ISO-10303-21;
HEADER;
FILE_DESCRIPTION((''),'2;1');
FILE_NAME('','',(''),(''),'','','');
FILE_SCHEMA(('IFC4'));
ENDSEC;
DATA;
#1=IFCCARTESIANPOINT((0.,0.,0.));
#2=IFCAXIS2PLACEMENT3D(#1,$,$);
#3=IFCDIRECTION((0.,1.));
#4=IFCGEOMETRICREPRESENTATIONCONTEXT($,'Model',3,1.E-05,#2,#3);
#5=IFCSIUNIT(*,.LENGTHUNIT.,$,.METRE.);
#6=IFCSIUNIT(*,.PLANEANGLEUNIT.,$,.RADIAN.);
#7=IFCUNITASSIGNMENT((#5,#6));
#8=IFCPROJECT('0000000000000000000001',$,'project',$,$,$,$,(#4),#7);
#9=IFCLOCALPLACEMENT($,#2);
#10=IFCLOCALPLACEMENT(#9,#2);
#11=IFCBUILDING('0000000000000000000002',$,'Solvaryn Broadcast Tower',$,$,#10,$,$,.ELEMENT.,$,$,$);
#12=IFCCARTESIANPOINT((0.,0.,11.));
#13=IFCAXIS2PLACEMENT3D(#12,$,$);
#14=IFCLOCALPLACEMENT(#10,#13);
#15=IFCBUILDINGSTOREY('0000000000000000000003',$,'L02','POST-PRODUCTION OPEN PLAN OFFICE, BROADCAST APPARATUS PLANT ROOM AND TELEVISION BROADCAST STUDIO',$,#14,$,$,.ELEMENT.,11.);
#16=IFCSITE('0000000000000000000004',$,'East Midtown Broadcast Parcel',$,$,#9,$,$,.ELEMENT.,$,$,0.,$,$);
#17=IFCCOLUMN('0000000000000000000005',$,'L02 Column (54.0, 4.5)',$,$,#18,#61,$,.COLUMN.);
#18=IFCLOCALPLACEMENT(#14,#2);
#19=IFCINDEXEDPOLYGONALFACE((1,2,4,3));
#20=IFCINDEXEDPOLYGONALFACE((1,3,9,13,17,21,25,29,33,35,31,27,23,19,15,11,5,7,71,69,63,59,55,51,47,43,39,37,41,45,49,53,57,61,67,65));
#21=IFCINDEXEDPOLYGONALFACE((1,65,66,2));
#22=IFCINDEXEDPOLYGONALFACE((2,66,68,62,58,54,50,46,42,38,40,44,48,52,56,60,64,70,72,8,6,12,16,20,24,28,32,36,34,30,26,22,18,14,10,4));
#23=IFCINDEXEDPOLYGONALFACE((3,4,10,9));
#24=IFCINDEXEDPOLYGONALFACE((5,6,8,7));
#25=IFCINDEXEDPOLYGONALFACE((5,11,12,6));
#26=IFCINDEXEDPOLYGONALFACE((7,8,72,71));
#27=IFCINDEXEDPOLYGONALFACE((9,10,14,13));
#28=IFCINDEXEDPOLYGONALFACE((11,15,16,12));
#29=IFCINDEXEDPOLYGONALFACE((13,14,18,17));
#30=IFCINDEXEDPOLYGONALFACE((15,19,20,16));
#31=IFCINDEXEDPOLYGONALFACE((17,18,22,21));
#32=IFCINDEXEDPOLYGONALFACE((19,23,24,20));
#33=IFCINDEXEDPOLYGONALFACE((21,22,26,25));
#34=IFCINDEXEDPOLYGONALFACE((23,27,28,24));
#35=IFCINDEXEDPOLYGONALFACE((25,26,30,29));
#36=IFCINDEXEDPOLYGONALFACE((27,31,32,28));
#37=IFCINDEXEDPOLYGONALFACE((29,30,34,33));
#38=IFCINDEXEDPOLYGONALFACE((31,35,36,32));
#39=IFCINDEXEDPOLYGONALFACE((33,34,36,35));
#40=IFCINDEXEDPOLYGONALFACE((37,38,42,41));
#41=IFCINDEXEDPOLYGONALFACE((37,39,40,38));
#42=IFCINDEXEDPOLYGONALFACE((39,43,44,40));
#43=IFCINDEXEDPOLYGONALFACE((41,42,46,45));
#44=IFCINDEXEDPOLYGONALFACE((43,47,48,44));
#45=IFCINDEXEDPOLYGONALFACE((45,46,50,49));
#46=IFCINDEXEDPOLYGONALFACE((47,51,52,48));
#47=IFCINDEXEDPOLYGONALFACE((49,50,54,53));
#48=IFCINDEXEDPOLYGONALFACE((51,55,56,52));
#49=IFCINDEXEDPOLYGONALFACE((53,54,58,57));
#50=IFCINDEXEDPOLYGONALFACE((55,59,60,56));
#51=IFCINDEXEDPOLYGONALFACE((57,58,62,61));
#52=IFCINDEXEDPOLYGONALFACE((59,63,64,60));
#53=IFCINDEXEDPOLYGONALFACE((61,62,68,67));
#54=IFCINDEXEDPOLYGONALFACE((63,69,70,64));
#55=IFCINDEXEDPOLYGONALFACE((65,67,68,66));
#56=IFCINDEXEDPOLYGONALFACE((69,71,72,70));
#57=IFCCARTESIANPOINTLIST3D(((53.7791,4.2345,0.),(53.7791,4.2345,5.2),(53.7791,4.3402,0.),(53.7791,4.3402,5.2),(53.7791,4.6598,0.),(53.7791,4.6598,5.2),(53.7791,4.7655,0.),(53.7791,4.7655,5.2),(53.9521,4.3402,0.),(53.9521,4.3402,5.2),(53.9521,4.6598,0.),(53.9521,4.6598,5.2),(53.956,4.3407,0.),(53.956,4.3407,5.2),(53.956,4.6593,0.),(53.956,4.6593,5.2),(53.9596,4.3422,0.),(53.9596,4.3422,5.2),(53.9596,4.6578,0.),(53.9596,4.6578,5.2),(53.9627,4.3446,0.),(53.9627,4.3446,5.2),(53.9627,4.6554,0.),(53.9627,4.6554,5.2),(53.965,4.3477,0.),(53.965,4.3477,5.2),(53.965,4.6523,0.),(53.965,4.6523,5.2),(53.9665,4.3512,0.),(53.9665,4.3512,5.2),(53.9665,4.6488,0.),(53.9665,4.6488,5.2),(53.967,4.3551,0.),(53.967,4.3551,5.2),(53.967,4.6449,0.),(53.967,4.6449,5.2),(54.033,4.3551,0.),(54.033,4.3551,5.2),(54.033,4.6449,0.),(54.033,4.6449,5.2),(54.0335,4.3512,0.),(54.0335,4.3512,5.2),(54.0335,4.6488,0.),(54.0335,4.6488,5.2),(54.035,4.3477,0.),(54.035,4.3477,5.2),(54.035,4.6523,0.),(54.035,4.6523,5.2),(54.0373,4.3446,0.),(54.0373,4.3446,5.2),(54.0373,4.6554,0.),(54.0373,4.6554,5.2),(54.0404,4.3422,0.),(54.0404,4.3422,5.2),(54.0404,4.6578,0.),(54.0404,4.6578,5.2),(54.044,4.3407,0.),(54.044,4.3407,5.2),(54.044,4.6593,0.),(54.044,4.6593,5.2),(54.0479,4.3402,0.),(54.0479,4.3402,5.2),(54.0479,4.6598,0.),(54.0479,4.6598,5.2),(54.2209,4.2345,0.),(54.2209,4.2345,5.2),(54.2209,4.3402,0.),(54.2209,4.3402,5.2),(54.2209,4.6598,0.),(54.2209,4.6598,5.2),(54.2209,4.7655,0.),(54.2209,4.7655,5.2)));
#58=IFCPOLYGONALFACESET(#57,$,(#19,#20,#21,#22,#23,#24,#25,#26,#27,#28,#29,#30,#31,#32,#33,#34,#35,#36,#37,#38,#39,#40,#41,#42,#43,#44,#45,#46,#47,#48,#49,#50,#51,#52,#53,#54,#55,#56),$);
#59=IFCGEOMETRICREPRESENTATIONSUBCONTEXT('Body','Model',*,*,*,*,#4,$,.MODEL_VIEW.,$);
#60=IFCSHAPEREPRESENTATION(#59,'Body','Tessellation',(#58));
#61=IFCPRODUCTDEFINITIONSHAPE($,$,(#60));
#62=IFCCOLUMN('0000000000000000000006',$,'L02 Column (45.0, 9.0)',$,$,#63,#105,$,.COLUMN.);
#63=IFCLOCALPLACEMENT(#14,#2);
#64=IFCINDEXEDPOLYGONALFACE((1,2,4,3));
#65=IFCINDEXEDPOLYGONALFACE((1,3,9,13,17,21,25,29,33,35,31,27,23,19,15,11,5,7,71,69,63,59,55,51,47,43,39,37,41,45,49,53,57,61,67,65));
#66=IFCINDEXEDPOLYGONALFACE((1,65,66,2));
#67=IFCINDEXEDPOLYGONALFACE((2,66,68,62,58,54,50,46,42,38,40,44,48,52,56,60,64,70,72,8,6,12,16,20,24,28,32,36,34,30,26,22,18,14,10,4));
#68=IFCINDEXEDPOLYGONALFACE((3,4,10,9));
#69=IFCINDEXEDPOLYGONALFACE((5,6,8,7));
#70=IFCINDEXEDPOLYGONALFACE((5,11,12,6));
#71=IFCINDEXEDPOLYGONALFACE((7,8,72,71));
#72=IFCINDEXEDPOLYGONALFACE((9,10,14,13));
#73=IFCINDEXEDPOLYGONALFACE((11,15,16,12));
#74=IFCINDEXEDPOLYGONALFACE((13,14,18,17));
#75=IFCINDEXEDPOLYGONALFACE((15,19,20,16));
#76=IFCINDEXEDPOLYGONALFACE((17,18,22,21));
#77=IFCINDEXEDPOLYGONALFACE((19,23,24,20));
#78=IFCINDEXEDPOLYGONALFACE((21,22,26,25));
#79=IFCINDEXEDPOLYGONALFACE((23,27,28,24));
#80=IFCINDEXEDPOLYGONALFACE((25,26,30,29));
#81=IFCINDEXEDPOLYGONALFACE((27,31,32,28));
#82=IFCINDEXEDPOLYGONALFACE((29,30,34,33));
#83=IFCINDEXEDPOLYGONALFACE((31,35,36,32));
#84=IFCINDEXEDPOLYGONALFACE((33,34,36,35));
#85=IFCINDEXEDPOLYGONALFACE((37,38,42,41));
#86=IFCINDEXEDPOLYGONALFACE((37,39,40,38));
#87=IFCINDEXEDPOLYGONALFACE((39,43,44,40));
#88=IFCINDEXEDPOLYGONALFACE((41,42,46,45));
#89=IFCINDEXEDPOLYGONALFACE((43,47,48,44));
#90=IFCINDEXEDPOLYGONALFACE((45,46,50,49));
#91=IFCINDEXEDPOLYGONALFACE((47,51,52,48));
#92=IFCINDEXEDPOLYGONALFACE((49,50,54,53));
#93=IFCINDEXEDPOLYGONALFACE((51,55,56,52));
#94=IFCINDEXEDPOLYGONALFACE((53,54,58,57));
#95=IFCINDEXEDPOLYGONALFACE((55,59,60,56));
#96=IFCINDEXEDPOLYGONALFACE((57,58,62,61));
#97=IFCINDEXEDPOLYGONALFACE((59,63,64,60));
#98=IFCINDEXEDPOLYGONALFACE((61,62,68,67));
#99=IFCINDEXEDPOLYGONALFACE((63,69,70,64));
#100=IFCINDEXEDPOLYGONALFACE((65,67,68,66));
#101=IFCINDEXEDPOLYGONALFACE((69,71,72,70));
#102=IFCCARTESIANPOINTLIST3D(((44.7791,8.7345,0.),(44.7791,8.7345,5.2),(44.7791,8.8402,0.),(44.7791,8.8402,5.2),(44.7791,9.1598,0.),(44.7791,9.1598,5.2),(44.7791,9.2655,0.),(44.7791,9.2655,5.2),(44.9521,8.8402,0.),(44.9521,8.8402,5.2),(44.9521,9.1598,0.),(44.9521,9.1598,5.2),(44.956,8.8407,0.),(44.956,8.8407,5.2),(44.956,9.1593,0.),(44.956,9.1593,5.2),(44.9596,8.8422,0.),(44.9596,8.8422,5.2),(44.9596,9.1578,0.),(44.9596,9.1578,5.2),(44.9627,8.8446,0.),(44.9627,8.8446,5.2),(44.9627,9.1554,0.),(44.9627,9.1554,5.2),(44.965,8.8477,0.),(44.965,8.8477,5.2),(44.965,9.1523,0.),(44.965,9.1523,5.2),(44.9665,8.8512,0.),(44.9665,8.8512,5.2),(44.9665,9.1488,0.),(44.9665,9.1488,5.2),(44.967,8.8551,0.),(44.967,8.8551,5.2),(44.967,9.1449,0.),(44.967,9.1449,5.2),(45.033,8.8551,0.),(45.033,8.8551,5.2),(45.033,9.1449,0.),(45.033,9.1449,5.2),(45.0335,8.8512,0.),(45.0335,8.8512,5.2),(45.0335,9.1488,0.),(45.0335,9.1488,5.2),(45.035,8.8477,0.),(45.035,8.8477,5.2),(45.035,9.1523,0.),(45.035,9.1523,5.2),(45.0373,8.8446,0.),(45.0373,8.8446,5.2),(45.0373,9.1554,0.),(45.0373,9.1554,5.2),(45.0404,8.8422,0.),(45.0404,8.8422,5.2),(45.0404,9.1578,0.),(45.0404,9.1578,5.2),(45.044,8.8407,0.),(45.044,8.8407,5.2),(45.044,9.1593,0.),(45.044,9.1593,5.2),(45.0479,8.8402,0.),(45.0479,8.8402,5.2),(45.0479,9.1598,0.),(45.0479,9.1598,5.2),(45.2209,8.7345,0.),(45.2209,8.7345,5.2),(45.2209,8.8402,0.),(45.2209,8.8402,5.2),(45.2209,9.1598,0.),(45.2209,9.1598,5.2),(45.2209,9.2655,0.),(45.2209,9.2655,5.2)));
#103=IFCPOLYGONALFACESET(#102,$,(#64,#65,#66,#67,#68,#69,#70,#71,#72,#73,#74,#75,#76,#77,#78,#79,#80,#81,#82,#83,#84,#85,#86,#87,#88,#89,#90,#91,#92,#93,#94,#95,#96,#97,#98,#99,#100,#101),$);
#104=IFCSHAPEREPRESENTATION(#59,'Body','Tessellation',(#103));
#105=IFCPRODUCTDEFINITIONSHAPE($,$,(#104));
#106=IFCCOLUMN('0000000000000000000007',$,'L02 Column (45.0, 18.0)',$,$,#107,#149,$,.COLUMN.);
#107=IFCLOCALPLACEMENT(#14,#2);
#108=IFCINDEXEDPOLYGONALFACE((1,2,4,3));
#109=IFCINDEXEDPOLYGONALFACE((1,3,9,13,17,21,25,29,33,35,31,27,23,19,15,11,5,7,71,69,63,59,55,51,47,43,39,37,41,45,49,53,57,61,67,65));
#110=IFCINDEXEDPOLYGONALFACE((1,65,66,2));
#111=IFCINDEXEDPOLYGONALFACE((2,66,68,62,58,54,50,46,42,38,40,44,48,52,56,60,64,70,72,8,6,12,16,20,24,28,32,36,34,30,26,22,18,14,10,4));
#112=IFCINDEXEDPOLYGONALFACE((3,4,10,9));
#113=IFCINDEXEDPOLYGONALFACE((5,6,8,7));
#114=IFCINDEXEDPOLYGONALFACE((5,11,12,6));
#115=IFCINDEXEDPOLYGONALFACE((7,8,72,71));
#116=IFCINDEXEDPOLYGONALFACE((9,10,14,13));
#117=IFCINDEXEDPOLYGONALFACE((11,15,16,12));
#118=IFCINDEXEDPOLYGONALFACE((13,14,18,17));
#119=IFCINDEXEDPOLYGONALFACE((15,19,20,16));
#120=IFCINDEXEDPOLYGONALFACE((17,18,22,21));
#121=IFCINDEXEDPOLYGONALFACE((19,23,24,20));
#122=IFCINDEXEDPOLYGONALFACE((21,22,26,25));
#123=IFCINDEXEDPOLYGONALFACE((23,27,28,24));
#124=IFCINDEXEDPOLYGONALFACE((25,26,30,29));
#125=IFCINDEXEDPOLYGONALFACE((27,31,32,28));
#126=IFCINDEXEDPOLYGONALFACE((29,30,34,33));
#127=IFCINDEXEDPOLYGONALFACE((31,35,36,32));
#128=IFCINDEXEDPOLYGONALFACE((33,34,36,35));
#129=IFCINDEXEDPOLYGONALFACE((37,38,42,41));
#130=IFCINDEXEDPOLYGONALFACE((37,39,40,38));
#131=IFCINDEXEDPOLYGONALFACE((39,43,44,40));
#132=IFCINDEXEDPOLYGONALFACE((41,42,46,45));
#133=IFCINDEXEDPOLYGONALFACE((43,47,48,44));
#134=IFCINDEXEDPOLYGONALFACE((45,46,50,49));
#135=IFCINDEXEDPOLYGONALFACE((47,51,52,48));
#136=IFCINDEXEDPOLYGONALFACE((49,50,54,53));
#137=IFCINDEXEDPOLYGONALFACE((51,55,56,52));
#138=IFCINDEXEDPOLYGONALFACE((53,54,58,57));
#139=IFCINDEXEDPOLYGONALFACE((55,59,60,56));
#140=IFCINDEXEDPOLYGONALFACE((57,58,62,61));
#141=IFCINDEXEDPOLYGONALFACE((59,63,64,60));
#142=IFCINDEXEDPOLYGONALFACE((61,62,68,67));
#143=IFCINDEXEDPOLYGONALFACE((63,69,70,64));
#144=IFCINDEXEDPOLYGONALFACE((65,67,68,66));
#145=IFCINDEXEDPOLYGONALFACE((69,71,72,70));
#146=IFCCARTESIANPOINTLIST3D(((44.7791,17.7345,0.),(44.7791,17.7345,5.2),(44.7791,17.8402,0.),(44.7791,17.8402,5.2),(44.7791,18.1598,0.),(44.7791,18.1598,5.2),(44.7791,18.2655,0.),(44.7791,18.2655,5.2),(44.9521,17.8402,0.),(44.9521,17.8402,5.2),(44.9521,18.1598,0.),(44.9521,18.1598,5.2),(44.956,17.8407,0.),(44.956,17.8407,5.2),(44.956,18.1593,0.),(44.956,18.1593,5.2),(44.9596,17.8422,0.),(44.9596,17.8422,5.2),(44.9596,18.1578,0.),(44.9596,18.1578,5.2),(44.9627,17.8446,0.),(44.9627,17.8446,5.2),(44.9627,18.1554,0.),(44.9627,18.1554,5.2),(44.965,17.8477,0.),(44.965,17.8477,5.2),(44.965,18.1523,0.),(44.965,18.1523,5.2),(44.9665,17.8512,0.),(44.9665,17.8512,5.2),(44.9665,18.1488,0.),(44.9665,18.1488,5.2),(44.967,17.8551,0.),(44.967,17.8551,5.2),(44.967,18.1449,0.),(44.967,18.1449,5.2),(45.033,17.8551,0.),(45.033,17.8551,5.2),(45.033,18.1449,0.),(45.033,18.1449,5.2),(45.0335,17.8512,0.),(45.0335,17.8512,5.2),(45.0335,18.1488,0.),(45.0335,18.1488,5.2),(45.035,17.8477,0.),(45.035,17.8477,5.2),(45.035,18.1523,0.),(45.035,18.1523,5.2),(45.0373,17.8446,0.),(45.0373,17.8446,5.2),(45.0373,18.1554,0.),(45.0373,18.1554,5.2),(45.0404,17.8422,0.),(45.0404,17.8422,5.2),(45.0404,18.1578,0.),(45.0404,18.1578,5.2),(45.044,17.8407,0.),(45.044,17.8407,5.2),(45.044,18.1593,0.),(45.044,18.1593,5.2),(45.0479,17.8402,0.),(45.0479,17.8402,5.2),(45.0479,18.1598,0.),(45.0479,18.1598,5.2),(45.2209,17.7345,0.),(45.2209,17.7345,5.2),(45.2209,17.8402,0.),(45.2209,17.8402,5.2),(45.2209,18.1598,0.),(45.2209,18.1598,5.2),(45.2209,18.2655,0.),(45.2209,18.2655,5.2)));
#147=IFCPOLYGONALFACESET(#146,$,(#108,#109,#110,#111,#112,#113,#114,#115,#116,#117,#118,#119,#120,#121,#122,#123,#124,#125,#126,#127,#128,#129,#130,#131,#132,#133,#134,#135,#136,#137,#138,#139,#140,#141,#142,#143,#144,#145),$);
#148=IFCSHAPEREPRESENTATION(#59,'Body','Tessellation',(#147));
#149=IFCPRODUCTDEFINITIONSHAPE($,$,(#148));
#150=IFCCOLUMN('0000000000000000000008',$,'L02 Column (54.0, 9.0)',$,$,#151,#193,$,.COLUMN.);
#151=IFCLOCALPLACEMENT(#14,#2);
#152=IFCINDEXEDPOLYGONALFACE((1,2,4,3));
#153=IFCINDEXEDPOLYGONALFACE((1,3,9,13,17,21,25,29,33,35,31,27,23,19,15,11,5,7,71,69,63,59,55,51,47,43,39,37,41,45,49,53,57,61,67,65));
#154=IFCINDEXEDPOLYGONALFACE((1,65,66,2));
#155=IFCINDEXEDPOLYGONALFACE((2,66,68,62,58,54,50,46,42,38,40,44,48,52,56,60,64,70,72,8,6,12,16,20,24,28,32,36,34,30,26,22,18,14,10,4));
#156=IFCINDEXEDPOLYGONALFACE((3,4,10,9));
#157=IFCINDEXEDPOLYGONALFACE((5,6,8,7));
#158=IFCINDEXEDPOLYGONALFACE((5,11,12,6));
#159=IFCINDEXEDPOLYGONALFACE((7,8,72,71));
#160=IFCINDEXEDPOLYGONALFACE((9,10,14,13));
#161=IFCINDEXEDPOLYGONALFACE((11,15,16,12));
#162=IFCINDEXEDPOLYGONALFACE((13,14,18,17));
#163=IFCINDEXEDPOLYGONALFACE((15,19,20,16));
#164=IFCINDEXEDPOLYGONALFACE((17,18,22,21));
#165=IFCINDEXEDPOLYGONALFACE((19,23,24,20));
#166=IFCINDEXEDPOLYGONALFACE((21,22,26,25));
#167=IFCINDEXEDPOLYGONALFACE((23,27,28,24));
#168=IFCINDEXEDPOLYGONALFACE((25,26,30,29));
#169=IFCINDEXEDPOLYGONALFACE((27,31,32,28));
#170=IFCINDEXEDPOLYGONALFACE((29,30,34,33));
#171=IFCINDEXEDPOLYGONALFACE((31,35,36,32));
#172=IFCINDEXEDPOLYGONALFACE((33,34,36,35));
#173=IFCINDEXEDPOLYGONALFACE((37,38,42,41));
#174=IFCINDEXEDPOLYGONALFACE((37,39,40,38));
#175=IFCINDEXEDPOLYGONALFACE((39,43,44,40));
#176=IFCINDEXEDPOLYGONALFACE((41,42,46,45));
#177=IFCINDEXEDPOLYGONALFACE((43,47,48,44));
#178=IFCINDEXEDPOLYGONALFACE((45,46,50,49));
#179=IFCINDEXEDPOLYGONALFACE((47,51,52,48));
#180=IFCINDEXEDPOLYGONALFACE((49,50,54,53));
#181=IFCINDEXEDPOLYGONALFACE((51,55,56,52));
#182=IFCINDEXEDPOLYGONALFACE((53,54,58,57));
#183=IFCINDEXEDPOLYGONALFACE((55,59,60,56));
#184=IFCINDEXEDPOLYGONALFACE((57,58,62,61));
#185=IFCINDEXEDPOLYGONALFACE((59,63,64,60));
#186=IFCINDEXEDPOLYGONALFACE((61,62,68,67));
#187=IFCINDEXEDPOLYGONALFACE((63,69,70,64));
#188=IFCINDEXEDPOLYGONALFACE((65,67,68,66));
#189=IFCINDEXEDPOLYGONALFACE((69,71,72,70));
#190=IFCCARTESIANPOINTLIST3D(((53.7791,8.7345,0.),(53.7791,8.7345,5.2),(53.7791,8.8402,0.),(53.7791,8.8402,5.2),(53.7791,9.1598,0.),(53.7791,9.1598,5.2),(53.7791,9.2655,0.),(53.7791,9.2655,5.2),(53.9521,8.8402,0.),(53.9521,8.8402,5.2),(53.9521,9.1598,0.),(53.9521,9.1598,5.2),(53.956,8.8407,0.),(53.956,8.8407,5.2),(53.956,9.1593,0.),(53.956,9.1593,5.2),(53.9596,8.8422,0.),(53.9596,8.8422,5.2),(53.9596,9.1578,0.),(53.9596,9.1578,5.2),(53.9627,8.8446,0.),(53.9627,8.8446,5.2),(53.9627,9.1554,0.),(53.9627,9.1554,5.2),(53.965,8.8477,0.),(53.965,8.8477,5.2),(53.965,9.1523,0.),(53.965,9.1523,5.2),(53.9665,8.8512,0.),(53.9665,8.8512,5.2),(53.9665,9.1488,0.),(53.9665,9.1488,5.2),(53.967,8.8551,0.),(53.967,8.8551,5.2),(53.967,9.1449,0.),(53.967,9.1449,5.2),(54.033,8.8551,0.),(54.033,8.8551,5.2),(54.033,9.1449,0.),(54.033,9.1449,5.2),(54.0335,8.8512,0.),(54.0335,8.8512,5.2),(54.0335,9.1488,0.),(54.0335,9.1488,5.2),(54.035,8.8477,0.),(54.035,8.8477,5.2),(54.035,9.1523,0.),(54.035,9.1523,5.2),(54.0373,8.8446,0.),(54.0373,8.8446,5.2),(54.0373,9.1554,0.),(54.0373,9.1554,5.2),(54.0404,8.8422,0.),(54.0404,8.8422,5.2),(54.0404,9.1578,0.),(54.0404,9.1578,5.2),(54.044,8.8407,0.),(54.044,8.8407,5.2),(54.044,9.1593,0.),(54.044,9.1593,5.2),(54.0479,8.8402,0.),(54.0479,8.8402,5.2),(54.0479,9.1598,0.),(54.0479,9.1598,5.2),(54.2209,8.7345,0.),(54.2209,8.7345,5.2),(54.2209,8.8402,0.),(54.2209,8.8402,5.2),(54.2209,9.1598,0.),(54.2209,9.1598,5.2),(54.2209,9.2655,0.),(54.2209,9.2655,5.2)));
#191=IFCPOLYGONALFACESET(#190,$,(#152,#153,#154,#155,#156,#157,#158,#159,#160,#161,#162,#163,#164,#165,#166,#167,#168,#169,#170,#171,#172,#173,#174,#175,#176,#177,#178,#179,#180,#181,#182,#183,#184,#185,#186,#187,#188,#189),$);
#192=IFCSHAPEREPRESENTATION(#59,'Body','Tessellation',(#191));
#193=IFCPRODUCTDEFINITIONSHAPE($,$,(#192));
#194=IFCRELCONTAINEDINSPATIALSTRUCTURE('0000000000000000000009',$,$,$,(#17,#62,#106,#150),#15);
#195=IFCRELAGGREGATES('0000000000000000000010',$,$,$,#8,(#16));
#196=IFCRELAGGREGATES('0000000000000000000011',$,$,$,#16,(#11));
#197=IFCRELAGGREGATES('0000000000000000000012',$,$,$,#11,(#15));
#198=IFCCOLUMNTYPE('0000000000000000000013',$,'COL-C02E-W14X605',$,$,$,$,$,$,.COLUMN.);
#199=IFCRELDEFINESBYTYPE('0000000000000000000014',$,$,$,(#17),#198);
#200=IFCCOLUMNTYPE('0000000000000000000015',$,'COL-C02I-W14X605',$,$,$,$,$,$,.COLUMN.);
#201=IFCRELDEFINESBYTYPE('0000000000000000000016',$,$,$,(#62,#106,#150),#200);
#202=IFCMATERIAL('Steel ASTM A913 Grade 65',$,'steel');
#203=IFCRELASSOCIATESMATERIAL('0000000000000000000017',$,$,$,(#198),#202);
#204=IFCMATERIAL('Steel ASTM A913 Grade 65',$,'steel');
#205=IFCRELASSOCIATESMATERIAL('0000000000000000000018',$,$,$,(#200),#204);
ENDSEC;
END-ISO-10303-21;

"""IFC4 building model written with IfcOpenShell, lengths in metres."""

from ifc_helpers import new_model, si_unit, direction, frame, origin, origin_2d, place, context, subcontext, project, spatial, i_section, extrude, material, material_profile, profile_set, type_object, element, save


model = new_model("IFC4")

# Units and contexts
model_context = context("Model", 3, precision=1e-05, world=origin(), true_north=direction((0.0, 1.0)))
body_context = subcontext(model_context, "Body", "Model", "MODEL_VIEW")
ifc_project = project(units=[si_unit("LENGTHUNIT", "METRE"), si_unit("PLANEANGLEUNIT", "RADIAN")], contexts=[model_context])

# Site, building, storey
site_placement = place(None, origin())
site = spatial("IfcSite", under=ifc_project, at=site_placement, Name="East Midtown Broadcast Parcel", CompositionType="ELEMENT", RefElevation=0.0)
building_placement = place(site_placement, origin())
building = spatial("IfcBuilding", under=site, at=building_placement, Name="Solvaryn Broadcast Tower", CompositionType="ELEMENT")
storey_placement = place(building_placement, frame((0.0, 0.0, 11.0)))
storey = spatial("IfcBuildingStorey", under=building, at=storey_placement, Name="L02", Description="POST-PRODUCTION OPEN PLAN OFFICE, BROADCAST APPARATUS PLANT ROOM AND TELEVISION BROADCAST STUDIO", CompositionType="ELEMENT", Elevation=11.0)

# Columns
ifc_material_1 = material(Name="Steel ASTM A913 Grade 65", Category="steel")
ifc_material_profile_1 = material_profile(ifc_material_1, i_section(OverallWidth=0.4419, OverallDepth=0.531, WebThickness=0.0659, FlangeThickness=0.1057, FilletRadius=0.0149, at=origin_2d()))
ifc_profile_set_1 = profile_set([ifc_material_profile_1], Name="Steel ASTM A913 Grade 65")
column_type_1 = type_object("IfcColumnType", Name="COL-C02E-W14X605", PredefinedType="COLUMN", material=ifc_profile_set_1)
column_placement = place(storey_placement, frame((54.0, 4.5, 0.0), z_axis=(0.0, 0.0, 1.0), x_axis=(1.0, 0.0, 0.0)))
element("IfcColumn", 1, at=column_placement, inside=storey, type_object=column_type_1, Name="L02 Column (54.0, 4.5)", PredefinedType="COLUMN", context=body_context, shape_type="SweptSolid", body=[
    extrude(i_section(OverallWidth=0.4419, OverallDepth=0.531, WebThickness=0.0659, FlangeThickness=0.1057, FilletRadius=0.0149, at=origin_2d()), origin(), (0.0, 0.0, 1.0), 5.2),
])
ifc_material_2 = material(Name="Steel ASTM A913 Grade 65", Category="steel")
ifc_material_profile_2 = material_profile(ifc_material_2, i_section(OverallWidth=0.4419, OverallDepth=0.531, WebThickness=0.0659, FlangeThickness=0.1057, FilletRadius=0.0149, at=origin_2d()))
ifc_profile_set_2 = profile_set([ifc_material_profile_2], Name="Steel ASTM A913 Grade 65")
column_type_2 = type_object("IfcColumnType", Name="COL-C02I-W14X605", PredefinedType="COLUMN", material=ifc_profile_set_2)
for number, where, z_axis, x_axis, name in (
    (2, (45.0, 9.0, 0.0), (0.0, 0.0, 1.0), (1.0, 0.0, 0.0), "L02 Column (45.0, 9.0)"),
    (3, (45.0, 18.0, 0.0), (0.0, 0.0, 1.0), (1.0, 0.0, 0.0), "L02 Column (45.0, 18.0)"),
    (4, (54.0, 9.0, 0.0), (0.0, 0.0, 1.0), (1.0, 0.0, 0.0), "L02 Column (54.0, 9.0)"),
):
    element("IfcColumn", number, at=place(storey_placement, frame(where, z_axis=z_axis, x_axis=x_axis)), inside=storey, type_object=column_type_2, Name=name, PredefinedType="COLUMN", context=body_context, shape_type="SweptSolid", body=[
        extrude(i_section(OverallWidth=0.4419, OverallDepth=0.531, WebThickness=0.0659, FlangeThickness=0.1057, FilletRadius=0.0149, at=origin_2d()), origin(), (0.0, 0.0, 1.0), 5.2),
    ])

save(model, "model.ifc")
